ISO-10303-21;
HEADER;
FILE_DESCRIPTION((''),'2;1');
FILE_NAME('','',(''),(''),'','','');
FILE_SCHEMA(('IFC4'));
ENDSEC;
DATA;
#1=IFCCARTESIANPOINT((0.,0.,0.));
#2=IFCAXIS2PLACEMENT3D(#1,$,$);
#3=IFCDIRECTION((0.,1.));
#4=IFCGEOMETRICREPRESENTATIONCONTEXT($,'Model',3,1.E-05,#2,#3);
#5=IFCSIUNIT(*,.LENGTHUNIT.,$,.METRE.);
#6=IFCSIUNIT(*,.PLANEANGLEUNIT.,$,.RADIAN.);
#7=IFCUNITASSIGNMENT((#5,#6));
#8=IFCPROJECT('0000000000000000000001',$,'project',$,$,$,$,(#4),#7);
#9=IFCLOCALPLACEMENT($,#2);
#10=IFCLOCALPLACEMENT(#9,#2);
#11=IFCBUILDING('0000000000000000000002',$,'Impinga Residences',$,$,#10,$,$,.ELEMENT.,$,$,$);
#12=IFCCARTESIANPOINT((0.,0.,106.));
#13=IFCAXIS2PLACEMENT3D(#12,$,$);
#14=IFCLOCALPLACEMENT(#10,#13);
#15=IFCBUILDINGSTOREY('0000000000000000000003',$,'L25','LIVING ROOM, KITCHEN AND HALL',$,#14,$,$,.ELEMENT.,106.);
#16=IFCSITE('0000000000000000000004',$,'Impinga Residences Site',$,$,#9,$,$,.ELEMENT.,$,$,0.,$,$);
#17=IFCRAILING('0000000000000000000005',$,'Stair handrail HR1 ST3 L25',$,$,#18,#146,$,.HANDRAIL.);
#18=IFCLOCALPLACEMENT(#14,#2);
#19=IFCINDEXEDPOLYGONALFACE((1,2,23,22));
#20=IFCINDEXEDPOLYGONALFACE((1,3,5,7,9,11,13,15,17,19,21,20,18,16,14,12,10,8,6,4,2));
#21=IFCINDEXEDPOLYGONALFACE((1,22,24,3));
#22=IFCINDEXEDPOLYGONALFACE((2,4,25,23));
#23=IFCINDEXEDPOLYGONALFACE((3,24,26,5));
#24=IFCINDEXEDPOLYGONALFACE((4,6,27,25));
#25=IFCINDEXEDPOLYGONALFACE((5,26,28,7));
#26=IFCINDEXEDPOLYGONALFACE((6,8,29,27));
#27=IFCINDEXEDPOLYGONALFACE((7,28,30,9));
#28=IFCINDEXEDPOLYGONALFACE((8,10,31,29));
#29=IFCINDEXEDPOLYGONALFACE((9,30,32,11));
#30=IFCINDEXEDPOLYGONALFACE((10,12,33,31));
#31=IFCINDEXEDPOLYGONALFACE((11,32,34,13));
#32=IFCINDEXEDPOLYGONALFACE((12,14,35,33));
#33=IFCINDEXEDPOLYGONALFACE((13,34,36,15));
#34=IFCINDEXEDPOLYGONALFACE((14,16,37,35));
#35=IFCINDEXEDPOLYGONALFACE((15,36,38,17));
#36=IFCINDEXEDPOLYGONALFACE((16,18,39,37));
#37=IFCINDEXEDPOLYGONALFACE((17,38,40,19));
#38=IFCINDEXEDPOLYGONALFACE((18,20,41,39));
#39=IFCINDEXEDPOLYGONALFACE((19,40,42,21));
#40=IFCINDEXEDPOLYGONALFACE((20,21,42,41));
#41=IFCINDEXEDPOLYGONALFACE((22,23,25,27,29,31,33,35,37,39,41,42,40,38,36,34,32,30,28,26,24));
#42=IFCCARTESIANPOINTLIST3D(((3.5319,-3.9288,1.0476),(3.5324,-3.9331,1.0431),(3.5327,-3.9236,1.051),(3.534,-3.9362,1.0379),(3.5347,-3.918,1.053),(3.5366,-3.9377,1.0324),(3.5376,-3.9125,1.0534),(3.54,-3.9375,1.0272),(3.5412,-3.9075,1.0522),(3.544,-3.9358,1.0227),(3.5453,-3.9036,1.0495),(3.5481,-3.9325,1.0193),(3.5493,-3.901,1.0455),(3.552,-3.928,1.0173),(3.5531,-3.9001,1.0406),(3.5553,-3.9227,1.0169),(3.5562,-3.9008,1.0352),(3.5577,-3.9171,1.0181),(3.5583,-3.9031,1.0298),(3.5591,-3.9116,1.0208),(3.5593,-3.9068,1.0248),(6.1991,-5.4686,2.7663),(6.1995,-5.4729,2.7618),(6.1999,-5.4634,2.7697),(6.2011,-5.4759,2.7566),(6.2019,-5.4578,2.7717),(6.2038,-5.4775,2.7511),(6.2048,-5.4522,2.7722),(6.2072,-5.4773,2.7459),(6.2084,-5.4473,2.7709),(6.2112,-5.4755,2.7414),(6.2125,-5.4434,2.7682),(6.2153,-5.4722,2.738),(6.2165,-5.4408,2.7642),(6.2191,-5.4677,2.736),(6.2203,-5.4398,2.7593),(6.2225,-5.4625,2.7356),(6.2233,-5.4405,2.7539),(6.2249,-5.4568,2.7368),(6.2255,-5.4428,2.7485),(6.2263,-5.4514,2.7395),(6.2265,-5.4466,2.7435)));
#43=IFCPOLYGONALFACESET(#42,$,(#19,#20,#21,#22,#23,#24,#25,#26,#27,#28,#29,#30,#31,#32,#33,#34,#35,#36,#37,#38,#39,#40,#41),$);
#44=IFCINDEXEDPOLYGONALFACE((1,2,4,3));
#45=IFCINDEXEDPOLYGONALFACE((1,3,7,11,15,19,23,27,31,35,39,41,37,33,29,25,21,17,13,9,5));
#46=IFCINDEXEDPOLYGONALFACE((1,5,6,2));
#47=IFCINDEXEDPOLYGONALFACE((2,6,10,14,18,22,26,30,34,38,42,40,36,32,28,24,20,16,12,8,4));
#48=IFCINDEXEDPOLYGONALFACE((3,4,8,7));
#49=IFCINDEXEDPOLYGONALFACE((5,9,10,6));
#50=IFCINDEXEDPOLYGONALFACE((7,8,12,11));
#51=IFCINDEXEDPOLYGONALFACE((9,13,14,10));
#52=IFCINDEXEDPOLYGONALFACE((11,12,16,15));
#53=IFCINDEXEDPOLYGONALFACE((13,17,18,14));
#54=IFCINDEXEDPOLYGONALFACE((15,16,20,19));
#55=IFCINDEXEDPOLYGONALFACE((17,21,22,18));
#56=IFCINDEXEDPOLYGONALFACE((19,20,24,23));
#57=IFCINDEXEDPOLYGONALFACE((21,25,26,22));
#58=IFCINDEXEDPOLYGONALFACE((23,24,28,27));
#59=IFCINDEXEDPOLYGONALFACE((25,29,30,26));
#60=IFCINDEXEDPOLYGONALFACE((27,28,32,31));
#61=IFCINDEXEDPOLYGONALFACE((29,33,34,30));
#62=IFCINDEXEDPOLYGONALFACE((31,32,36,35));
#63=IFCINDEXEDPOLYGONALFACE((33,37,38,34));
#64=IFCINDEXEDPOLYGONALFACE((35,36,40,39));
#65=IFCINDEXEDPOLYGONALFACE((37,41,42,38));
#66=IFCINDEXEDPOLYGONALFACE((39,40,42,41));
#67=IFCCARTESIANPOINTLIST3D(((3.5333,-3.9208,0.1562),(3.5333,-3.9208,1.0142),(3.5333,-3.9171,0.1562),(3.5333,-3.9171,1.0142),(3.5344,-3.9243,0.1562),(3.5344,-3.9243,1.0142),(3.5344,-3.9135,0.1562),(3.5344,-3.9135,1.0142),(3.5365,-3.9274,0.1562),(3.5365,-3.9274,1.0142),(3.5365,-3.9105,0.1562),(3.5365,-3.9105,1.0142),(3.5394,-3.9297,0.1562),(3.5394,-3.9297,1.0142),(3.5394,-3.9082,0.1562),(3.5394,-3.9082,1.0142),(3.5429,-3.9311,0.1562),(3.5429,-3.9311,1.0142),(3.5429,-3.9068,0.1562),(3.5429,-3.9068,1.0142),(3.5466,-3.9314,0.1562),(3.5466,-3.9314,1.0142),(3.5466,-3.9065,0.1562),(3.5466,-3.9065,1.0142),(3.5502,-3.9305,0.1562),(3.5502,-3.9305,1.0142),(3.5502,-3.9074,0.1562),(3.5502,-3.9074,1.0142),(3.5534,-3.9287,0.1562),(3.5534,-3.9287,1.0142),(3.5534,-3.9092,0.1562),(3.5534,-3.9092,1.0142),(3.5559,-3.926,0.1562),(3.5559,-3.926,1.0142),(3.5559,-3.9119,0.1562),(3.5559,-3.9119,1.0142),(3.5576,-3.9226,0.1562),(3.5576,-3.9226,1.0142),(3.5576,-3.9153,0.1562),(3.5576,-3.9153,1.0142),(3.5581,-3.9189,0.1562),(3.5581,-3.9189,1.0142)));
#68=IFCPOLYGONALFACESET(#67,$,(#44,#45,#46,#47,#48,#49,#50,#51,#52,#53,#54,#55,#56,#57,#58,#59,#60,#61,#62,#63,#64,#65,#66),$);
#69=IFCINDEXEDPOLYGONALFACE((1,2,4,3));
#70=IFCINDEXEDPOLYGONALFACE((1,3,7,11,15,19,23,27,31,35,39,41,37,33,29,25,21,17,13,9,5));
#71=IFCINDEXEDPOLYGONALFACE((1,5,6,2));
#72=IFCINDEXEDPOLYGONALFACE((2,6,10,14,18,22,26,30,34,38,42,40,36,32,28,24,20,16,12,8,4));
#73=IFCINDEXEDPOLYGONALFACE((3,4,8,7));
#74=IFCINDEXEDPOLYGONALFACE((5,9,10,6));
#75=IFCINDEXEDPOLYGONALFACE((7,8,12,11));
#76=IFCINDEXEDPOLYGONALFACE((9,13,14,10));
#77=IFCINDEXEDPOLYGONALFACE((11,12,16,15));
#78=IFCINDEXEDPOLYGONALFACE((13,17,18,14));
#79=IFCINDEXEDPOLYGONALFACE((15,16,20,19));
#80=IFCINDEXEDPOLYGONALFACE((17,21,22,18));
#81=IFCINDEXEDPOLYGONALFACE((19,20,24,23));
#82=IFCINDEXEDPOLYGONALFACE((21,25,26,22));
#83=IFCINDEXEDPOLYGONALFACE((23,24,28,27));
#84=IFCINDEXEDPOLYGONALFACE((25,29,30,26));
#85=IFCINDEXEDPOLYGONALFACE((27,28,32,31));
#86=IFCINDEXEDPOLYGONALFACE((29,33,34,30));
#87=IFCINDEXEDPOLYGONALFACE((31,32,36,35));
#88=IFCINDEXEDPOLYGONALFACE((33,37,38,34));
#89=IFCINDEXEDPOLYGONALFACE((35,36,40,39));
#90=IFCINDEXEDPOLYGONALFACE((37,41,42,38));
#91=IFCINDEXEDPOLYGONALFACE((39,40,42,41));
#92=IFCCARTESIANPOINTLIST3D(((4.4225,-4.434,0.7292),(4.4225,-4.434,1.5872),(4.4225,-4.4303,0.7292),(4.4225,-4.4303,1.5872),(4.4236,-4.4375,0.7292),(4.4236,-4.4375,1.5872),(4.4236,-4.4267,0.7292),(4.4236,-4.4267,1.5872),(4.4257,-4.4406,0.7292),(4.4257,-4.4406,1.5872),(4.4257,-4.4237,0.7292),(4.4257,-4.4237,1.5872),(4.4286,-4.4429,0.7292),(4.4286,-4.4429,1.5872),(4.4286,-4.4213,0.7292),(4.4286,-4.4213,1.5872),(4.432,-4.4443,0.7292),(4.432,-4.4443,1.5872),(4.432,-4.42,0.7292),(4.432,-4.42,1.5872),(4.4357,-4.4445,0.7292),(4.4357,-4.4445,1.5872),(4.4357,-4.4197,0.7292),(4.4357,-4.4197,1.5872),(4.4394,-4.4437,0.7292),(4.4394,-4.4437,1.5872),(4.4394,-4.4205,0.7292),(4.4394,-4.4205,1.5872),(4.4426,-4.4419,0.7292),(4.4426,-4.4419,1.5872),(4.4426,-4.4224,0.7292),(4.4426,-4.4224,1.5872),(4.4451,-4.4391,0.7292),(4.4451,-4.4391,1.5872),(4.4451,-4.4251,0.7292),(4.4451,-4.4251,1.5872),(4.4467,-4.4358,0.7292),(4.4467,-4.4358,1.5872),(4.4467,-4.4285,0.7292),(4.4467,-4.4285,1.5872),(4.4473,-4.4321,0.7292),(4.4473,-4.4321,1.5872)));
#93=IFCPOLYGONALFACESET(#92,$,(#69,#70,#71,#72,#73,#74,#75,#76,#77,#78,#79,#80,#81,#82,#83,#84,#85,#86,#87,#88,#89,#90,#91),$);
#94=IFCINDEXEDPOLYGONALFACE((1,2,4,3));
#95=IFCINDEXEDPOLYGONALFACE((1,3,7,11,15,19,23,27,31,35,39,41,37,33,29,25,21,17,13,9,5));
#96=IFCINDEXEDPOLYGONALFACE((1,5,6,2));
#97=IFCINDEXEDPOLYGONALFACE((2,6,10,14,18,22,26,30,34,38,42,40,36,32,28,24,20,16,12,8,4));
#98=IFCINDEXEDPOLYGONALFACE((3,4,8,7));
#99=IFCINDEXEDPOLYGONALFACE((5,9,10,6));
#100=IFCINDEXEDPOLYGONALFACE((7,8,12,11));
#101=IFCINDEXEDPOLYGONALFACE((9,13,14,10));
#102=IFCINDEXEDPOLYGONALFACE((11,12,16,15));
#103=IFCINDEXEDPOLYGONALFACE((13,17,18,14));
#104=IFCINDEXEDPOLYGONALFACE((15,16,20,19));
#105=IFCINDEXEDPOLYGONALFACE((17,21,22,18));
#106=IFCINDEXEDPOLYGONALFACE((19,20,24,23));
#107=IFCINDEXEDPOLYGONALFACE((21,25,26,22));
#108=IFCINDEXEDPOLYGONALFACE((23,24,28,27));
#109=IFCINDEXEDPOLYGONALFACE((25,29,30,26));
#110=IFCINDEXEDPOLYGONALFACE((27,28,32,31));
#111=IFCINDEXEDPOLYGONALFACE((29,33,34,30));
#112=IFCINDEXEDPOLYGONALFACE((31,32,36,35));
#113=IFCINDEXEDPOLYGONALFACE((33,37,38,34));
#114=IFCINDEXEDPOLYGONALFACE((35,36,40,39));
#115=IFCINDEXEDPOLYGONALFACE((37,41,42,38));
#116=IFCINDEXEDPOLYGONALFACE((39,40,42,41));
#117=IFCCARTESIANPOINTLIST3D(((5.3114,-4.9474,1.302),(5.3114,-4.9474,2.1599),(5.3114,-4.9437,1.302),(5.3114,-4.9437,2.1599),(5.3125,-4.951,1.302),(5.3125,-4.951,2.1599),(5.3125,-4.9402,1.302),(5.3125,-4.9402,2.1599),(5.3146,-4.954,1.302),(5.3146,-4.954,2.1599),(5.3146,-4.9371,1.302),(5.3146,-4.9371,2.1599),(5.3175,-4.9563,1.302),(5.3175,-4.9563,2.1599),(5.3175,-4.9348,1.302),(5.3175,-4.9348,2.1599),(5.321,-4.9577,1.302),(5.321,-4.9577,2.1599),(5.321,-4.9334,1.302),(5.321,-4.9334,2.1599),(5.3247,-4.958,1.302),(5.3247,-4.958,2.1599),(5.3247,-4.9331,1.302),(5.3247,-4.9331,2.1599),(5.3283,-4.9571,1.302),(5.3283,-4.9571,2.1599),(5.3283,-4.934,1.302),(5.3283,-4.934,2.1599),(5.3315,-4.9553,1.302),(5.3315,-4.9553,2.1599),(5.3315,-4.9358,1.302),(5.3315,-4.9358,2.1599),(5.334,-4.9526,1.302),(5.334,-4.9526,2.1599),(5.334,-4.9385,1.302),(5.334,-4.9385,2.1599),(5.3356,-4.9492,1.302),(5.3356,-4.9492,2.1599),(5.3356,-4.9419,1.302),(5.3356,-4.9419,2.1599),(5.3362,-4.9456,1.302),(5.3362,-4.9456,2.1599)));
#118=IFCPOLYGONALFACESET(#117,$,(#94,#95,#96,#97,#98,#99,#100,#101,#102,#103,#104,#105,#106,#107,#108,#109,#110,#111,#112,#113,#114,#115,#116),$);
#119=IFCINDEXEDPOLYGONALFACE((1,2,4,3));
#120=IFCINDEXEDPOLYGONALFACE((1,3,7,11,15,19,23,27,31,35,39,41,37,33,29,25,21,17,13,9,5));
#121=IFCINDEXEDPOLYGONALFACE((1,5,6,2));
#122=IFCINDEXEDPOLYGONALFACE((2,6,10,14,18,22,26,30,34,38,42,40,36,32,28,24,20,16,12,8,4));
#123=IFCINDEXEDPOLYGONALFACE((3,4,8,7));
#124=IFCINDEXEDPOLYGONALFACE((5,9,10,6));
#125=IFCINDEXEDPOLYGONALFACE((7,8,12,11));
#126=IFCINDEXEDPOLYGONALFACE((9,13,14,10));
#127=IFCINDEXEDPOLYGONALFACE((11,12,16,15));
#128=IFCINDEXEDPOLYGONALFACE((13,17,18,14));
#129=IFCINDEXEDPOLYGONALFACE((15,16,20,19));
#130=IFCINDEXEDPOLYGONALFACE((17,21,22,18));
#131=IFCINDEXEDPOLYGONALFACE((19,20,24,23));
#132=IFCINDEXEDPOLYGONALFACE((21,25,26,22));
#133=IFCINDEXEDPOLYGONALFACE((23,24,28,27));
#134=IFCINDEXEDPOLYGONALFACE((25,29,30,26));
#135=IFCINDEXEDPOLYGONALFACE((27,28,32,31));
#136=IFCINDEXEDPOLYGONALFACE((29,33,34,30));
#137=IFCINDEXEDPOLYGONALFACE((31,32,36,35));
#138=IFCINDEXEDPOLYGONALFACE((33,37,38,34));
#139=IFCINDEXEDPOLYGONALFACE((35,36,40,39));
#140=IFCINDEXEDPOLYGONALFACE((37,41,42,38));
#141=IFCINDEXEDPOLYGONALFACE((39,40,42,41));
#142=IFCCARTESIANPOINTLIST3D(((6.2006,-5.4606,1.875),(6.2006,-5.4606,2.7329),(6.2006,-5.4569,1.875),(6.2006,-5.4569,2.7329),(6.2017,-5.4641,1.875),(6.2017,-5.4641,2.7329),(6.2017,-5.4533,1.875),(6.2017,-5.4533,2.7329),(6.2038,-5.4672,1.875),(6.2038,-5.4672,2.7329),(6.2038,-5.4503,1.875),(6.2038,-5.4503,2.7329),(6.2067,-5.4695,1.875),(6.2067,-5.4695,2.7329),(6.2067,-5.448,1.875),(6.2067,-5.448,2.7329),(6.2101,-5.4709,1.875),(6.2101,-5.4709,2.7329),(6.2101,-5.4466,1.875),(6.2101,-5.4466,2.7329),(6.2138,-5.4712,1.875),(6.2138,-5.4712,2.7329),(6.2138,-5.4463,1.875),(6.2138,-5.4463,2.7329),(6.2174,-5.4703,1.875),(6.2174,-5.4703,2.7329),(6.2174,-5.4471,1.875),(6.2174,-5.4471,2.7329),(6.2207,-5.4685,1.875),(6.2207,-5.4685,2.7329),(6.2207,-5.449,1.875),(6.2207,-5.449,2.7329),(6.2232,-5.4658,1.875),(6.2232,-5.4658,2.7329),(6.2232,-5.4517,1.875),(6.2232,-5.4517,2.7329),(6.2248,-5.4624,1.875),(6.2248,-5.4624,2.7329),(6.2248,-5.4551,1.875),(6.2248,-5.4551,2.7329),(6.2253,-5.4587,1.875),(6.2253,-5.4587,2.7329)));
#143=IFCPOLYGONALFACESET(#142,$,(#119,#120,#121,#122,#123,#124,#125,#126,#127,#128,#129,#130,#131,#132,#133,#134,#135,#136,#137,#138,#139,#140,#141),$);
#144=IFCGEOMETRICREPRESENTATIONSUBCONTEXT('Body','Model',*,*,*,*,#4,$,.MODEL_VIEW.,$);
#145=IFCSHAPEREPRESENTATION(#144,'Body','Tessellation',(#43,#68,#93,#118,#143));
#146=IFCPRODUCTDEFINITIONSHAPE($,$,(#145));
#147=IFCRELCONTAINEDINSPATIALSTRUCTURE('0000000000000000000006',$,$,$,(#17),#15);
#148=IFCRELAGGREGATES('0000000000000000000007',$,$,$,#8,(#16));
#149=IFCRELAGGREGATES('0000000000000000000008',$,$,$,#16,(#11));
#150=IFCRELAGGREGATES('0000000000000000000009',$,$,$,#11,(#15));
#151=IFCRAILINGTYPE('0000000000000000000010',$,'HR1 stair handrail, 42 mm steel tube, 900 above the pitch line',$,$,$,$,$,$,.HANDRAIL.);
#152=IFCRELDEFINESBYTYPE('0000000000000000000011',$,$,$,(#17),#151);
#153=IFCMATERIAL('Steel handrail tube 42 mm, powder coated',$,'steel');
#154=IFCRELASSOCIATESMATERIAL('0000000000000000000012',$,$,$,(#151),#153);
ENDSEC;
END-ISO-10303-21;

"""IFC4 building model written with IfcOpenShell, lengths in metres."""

from ifc_helpers import new_model, si_unit, direction, frame, origin, origin_2d, place, context, subcontext, project, spatial, circle, extrude, material, type_object, element, save


model = new_model("IFC4")

# Units and contexts
model_context = context("Model", 3, precision=1e-05, world=origin(), true_north=direction((0.0, 1.0)))
body_context = subcontext(model_context, "Body", "Model", "MODEL_VIEW")
ifc_project = project(units=[si_unit("LENGTHUNIT", "METRE"), si_unit("PLANEANGLEUNIT", "RADIAN")], contexts=[model_context])

# Site, building, storey
site_placement = place(None, origin())
site = spatial("IfcSite", under=ifc_project, at=site_placement, Name="Impinga Residences Site", CompositionType="ELEMENT", RefElevation=0.0)
building_placement = place(site_placement, origin())
building = spatial("IfcBuilding", under=site, at=building_placement, Name="Impinga Residences", CompositionType="ELEMENT")
storey_placement = place(building_placement, frame((0.0, 0.0, 106.0)))
storey = spatial("IfcBuildingStorey", under=building, at=storey_placement, Name="L25", Description="LIVING ROOM, KITCHEN AND HALL", CompositionType="ELEMENT", Elevation=106.0)

# Railing
ifc_material_1 = material(Name="Steel handrail tube 42 mm, powder coated", Category="steel")
railing_type_1 = type_object("IfcRailingType", Name="HR1 stair handrail, 42 mm steel tube, 900 above the pitch line", PredefinedType="HANDRAIL", material=ifc_material_1)
railing_1_placement = place(storey_placement, frame((3.5457, -3.9189, 0.1562)))
element("IfcRailing", 1, at=railing_1_placement, inside=storey, type_object=railing_type_1, Name="Stair handrail HR1 ST3 L25", PredefinedType="HANDRAIL", context=body_context, shape_type="SweptSolid", body=[
    extrude(circle(Radius=0.021, at=origin_2d()), frame((0.0, 0.0, 0.8789), z_axis=(0.756249, -0.436582, 0.487322), x_axis=(0.499967, 0.866044, 0.0)), (0.0, 0.0, 1.0), 3.5269),
    extrude(circle(Radius=0.0125, at=origin_2d()), origin(), (0.0, 0.0, 1.0), 0.8579),
    extrude(circle(Radius=0.0125, at=origin_2d()), frame((0.8892, -0.5132, 0.573)), (0.0, 0.0, 1.0), 0.8579),
    extrude(circle(Radius=0.0125, at=origin_2d()), frame((1.7781, -1.0266, 1.1458)), (0.0, 0.0, 1.0), 0.8579),
    extrude(circle(Radius=0.0125, at=origin_2d()), frame((2.6672, -1.5398, 1.7188)), (0.0, 0.0, 1.0), 0.8579),
])

save(model, "model.ifc")
